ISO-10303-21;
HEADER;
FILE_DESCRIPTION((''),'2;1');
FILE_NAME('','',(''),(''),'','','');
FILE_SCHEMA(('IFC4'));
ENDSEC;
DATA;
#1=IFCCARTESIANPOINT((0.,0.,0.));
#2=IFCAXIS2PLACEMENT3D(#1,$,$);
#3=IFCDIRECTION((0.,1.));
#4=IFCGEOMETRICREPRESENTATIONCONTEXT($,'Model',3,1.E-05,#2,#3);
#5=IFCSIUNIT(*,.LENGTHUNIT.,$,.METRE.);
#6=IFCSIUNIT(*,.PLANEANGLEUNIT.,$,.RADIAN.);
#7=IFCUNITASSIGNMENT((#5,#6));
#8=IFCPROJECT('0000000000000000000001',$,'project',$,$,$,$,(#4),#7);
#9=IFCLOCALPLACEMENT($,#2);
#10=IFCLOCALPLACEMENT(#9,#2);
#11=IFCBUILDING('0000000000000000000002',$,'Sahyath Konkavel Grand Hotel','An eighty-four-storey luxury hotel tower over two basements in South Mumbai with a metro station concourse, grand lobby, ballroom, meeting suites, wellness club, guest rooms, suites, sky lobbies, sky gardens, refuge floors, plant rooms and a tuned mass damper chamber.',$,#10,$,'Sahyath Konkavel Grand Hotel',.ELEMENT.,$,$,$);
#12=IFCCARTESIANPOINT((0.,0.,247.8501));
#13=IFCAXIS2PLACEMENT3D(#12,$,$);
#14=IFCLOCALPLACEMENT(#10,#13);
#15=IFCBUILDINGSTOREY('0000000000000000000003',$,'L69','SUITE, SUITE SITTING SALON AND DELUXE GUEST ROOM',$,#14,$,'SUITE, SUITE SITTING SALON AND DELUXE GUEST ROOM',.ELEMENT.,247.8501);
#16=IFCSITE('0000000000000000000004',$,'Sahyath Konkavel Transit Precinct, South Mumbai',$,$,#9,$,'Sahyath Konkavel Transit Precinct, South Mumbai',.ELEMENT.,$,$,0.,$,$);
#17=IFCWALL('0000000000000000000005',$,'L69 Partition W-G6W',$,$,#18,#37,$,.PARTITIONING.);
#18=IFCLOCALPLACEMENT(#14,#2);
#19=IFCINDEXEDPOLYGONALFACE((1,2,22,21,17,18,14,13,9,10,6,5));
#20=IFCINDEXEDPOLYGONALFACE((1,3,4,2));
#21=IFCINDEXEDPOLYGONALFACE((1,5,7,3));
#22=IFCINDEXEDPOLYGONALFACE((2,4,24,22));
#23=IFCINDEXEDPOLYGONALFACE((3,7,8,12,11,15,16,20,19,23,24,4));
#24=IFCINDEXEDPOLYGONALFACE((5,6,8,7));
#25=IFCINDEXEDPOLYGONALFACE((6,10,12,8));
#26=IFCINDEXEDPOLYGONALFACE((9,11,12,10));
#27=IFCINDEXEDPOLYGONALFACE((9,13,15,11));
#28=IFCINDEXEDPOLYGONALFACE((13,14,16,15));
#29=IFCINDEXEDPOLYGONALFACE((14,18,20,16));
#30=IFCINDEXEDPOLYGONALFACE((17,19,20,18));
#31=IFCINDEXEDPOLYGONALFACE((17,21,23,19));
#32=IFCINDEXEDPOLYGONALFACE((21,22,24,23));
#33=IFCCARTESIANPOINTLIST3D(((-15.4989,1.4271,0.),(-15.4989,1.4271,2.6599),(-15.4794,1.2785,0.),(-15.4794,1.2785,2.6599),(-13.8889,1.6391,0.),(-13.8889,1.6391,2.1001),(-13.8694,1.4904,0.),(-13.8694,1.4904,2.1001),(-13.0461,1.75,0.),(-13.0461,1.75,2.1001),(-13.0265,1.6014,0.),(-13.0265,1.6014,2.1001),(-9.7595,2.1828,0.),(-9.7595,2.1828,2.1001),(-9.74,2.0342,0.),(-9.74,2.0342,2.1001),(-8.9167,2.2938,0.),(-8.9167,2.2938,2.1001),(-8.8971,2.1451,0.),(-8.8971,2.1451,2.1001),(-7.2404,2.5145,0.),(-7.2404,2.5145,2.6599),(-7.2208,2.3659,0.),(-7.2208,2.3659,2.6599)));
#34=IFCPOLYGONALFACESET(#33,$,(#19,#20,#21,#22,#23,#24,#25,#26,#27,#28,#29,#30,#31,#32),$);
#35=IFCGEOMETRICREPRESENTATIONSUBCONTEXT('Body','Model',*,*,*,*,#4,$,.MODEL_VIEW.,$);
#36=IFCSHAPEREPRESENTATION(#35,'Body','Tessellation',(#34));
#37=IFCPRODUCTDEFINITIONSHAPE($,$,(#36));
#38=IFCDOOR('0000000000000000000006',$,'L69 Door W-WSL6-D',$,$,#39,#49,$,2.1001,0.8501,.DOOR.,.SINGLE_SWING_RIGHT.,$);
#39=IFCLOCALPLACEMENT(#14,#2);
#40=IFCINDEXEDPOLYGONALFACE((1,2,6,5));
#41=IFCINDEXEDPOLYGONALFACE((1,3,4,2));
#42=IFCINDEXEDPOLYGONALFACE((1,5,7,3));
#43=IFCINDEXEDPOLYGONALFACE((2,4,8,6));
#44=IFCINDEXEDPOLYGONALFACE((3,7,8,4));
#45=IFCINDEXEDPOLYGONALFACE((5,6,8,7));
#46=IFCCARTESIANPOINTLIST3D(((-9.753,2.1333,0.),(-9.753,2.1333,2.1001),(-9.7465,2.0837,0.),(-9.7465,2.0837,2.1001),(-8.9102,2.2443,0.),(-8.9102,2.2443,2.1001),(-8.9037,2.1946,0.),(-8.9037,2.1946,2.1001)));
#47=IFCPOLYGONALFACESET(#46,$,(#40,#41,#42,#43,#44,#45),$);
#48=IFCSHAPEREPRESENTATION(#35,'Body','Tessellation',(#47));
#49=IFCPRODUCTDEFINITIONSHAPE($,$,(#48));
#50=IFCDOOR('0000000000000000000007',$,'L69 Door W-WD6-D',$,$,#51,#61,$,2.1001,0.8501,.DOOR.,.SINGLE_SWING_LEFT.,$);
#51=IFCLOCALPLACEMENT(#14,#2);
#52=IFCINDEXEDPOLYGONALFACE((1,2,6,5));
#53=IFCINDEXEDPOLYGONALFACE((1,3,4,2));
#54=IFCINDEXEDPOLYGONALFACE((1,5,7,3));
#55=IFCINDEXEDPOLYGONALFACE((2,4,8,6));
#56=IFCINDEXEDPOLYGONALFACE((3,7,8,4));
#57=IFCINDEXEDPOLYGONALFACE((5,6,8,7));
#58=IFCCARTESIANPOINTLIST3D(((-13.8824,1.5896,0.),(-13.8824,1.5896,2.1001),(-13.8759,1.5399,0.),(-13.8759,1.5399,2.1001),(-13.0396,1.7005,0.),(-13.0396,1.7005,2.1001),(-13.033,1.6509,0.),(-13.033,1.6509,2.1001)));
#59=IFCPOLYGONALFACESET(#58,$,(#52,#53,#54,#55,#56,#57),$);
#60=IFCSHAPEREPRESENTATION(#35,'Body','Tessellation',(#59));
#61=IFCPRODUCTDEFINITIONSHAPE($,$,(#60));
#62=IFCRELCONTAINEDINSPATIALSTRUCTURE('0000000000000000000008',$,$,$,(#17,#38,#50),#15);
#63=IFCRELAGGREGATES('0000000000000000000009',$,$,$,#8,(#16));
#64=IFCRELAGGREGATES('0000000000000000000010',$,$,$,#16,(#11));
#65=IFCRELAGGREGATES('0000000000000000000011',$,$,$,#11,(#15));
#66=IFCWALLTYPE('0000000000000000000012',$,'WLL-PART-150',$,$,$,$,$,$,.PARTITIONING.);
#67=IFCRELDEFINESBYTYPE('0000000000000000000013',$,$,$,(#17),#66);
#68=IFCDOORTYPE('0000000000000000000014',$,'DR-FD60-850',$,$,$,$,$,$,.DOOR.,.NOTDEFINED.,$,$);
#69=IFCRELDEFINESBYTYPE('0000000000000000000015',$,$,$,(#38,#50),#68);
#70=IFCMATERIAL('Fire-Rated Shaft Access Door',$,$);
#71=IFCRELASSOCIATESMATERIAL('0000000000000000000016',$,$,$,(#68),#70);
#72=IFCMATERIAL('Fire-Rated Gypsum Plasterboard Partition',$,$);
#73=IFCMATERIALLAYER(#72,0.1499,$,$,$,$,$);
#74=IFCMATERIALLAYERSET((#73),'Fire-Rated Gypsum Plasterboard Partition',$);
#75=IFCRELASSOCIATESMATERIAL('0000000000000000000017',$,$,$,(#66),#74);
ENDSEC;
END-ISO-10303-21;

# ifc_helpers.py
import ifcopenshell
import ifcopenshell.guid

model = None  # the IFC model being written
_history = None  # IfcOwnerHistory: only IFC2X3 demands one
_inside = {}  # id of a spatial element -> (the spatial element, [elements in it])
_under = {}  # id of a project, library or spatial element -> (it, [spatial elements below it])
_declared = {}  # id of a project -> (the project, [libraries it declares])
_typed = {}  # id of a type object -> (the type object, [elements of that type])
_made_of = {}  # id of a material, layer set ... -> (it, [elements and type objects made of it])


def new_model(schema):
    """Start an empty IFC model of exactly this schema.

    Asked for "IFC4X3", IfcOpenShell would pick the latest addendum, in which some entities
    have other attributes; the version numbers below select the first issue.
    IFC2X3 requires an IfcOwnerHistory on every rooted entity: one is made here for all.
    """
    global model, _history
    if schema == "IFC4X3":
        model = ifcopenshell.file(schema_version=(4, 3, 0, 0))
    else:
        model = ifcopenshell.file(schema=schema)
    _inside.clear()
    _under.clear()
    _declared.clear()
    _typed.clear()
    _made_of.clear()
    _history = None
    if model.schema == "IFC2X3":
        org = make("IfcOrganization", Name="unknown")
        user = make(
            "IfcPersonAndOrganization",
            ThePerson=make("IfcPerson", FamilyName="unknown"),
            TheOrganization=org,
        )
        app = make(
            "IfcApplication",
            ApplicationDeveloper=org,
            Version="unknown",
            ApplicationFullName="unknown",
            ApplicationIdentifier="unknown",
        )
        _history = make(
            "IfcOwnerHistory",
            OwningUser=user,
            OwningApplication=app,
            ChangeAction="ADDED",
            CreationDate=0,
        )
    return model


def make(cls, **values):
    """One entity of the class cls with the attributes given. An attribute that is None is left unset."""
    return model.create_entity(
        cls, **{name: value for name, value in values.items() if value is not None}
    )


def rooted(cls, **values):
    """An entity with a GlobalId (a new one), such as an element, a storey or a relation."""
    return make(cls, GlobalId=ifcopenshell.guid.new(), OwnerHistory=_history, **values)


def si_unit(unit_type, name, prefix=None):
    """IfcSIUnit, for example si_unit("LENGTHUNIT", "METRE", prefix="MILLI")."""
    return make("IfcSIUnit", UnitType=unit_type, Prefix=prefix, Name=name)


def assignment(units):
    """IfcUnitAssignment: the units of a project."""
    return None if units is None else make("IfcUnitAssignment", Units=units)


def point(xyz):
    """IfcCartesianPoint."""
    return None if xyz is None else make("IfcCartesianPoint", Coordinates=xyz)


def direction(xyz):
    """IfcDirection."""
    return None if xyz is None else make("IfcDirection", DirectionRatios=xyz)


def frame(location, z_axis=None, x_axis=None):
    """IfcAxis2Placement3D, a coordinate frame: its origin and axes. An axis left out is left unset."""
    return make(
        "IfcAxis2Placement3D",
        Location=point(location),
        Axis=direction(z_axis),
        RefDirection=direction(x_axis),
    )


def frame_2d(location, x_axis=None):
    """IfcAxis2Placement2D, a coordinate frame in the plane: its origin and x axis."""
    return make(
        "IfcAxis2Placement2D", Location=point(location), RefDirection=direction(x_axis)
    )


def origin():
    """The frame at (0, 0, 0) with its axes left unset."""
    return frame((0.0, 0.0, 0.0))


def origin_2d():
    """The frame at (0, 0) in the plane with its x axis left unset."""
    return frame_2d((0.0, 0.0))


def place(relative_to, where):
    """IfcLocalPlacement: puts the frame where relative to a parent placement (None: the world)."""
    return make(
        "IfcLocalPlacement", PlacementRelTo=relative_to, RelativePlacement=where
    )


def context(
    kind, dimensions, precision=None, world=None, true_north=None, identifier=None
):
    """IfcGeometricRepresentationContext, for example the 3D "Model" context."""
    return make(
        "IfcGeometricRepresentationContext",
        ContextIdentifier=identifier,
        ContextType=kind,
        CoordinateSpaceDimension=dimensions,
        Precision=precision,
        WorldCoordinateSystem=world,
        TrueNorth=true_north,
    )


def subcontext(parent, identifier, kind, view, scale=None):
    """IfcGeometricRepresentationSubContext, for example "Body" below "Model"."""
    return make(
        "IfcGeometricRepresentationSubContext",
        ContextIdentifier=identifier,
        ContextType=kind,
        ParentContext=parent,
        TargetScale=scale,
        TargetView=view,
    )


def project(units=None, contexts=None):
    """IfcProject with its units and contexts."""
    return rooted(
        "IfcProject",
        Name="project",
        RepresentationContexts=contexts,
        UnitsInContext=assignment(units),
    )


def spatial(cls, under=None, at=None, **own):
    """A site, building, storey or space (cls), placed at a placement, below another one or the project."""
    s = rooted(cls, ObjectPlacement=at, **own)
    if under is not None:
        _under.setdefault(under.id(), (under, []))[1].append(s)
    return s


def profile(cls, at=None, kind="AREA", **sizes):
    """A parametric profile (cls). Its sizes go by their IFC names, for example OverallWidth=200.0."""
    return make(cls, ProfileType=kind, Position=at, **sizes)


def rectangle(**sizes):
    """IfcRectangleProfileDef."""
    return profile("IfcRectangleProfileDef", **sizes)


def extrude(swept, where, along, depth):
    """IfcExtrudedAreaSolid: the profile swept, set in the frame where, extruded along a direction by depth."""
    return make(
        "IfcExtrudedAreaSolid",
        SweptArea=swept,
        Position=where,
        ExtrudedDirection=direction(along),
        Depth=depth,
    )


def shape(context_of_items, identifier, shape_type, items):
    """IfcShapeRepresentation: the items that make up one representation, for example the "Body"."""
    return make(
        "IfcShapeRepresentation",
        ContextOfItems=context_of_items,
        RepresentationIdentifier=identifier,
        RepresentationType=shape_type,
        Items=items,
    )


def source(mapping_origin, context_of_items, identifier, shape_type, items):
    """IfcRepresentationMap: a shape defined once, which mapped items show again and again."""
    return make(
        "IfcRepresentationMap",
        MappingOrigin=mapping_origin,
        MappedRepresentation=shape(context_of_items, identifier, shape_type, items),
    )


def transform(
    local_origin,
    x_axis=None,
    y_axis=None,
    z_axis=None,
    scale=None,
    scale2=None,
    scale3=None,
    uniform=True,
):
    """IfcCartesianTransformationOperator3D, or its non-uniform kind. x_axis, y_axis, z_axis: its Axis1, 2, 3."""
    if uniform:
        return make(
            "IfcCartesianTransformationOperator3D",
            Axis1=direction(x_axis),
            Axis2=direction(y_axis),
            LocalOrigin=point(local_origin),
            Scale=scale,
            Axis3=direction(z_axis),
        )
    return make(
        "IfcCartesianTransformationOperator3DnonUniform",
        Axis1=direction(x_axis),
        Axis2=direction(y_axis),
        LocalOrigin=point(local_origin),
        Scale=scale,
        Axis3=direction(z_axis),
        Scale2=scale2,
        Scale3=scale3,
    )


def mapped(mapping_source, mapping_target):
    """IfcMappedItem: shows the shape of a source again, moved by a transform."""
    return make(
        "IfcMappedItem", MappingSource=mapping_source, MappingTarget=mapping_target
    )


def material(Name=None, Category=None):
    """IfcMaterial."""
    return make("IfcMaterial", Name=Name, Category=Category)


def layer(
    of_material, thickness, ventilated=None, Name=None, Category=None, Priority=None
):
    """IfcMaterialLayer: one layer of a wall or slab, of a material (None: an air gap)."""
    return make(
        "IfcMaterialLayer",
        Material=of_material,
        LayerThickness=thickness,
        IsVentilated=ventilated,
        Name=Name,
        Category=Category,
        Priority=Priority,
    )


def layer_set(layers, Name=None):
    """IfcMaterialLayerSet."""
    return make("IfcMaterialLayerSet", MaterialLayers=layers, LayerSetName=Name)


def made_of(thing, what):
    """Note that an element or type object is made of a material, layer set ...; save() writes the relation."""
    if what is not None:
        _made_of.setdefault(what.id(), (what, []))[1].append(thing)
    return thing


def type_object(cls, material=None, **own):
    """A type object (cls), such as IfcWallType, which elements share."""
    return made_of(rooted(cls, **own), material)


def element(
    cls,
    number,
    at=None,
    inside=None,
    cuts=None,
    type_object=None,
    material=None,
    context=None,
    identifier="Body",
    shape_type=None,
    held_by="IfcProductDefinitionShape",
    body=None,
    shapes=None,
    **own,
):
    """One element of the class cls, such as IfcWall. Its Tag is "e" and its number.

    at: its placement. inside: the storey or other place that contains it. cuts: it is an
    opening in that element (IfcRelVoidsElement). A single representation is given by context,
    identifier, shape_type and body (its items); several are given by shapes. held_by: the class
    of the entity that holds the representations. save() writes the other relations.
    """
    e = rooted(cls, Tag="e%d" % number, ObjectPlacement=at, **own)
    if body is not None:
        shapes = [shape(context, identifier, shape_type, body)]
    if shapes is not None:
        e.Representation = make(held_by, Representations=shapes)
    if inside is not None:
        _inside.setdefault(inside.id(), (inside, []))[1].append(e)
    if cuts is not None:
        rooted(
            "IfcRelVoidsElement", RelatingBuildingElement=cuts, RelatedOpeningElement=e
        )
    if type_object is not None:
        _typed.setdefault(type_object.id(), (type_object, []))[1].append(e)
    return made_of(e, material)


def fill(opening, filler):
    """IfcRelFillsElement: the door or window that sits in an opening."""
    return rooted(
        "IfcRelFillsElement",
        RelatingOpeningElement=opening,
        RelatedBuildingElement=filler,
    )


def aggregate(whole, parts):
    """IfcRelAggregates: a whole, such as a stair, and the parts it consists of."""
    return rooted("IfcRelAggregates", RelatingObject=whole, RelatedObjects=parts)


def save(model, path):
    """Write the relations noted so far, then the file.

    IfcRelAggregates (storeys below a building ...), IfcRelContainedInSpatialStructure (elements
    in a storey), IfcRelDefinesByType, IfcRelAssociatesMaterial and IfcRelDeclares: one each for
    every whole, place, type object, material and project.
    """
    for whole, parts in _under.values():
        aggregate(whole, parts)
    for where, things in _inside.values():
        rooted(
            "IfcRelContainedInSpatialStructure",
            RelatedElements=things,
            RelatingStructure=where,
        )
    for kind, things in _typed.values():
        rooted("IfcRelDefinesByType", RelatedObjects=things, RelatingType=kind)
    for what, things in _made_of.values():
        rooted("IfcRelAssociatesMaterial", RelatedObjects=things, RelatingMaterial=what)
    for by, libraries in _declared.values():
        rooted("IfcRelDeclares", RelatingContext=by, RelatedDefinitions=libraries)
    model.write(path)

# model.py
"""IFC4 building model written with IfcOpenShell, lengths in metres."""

from ifc_helpers import new_model, si_unit, direction, frame, frame_2d, origin, origin_2d, place, context, subcontext, project, spatial, rectangle, extrude, source, transform, mapped, material, layer, layer_set, type_object, element, fill, save


model = new_model("IFC4")

# Units and contexts
model_context = context("Model", 3, precision=1e-05, world=origin(), true_north=direction((0.0, 1.0)))
body_context = subcontext(model_context, "Body", "Model", "MODEL_VIEW")
ifc_project = project(units=[si_unit("LENGTHUNIT", "METRE"), si_unit("PLANEANGLEUNIT", "RADIAN")], contexts=[model_context])

# Site, building, storey
site_placement = place(None, origin())
site = spatial("IfcSite", under=ifc_project, at=site_placement, Name="Sahyath Konkavel Transit Precinct, South Mumbai", LongName="Sahyath Konkavel Transit Precinct, South Mumbai", CompositionType="ELEMENT", RefElevation=0.0)
building_placement = place(site_placement, origin())
building = spatial("IfcBuilding", under=site, at=building_placement, Name="Sahyath Konkavel Grand Hotel", Description="An eighty-four-storey luxury hotel tower over two basements in South Mumbai with a metro station concourse, grand lobby, ballroom, meeting suites, wellness club, guest rooms, suites, sky lobbies, sky gardens, refuge floors, plant rooms and a tuned mass damper chamber.", LongName="Sahyath Konkavel Grand Hotel", CompositionType="ELEMENT")
storey_placement = place(building_placement, frame((0.0, 0.0, 247.8501)))
storey = spatial("IfcBuildingStorey", under=building, at=storey_placement, Name="L69", Description="SUITE, SUITE SITTING SALON AND DELUXE GUEST ROOM", LongName="SUITE, SUITE SITTING SALON AND DELUXE GUEST ROOM", CompositionType="ELEMENT", Elevation=247.8501)

# Shared definitions
ifc_material_1 = material(Name="Fire-Rated Shaft Access Door")
door_type = type_object("IfcDoorType", Name="DR-FD60-850", OperationType="NOTDEFINED", PredefinedType="DOOR", material=ifc_material_1)
shared_shape_1 = source(origin(), body_context, "Body", "SweptSolid", [
    extrude(rectangle(XDim=0.8501, YDim=0.05, at=origin_2d()), origin(), (0.0, 0.0, 1.0), 2.1001),
])

# Wall, openings, doors
ifc_material_2 = material(Name="Fire-Rated Gypsum Plasterboard Partition")
ifc_layer_1 = layer(ifc_material_2, 0.1499)
ifc_layer_set_1 = layer_set([ifc_layer_1], Name="Fire-Rated Gypsum Plasterboard Partition")
wall_type_1 = type_object("IfcWallType", Name="WLL-PART-150", PredefinedType="PARTITIONING", material=ifc_layer_set_1)
wall_1_placement = place(storey_placement, frame((-7.2305, 2.4402, 0.0), z_axis=(0.0, 0.0, 1.0), x_axis=(-0.991443, -0.130543, 0.0)))
wall_1 = element("IfcWall", 1, at=wall_1_placement, inside=storey, type_object=wall_type_1, Name="L69 Partition W-G6W", PredefinedType="PARTITIONING", context=body_context, shape_type="SweptSolid", body=[
    extrude(rectangle(XDim=8.3298, YDim=0.1499, at=frame_2d((4.165, 0.0))), origin(), (0.0, 0.0, 1.0), 2.6599),
])
opening_1_placement = place(wall_1_placement, frame((1.6909, 0.0, 0.0)))
opening_1 = element("IfcOpeningElement", 2, at=opening_1_placement, cuts=wall_1, PredefinedType="OPENING", context=body_context, shape_type="SweptSolid", body=[
    extrude(rectangle(XDim=0.8501, YDim=2.1001, at=frame_2d((0.425, 1.05))), frame((0.0, 0.085, 0.0), z_axis=(0.0, -1.0, 0.0), x_axis=(1.0, 0.0, 0.0)), (0.0, 0.0, 1.0), 0.1699),
])
opening_2_placement = place(wall_1_placement, frame((5.856, 0.0, 0.0)))
opening_2 = element("IfcOpeningElement", 3, at=opening_2_placement, cuts=wall_1, PredefinedType="OPENING", context=body_context, shape_type="SweptSolid", body=[
    extrude(rectangle(XDim=0.8501, YDim=2.1001, at=frame_2d((0.425, 1.05))), frame((0.0, 0.085, 0.0), z_axis=(0.0, -1.0, 0.0), x_axis=(1.0, 0.0, 0.0)), (0.0, 0.0, 1.0), 0.1699),
])
door_1_placement = place(opening_1_placement, frame((0.425, 0.0, 0.0)))
door_1 = element("IfcDoor", 4, at=door_1_placement, inside=storey, type_object=door_type, Name="L69 Door W-WSL6-D", OperationType="SINGLE_SWING_RIGHT", OverallHeight=2.1001, OverallWidth=0.8501, PredefinedType="DOOR", context=body_context, shape_type="MappedRepresentation", body=[
    mapped(shared_shape_1, transform((0.0, 0.0, 0.0), scale=1.0)),
])
fill(opening_1, door_1)
door_2_placement = place(opening_2_placement, frame((0.425, 0.0, 0.0)))
door_2 = element("IfcDoor", 5, at=door_2_placement, inside=storey, type_object=door_type, Name="L69 Door W-WD6-D", OperationType="SINGLE_SWING_LEFT", OverallHeight=2.1001, OverallWidth=0.8501, PredefinedType="DOOR", context=body_context, shape_type="MappedRepresentation", body=[
    mapped(shared_shape_1, transform((0.0, 0.0, 0.0), scale=1.0)),
])
fill(opening_2, door_2)

save(model, "model.ifc")
